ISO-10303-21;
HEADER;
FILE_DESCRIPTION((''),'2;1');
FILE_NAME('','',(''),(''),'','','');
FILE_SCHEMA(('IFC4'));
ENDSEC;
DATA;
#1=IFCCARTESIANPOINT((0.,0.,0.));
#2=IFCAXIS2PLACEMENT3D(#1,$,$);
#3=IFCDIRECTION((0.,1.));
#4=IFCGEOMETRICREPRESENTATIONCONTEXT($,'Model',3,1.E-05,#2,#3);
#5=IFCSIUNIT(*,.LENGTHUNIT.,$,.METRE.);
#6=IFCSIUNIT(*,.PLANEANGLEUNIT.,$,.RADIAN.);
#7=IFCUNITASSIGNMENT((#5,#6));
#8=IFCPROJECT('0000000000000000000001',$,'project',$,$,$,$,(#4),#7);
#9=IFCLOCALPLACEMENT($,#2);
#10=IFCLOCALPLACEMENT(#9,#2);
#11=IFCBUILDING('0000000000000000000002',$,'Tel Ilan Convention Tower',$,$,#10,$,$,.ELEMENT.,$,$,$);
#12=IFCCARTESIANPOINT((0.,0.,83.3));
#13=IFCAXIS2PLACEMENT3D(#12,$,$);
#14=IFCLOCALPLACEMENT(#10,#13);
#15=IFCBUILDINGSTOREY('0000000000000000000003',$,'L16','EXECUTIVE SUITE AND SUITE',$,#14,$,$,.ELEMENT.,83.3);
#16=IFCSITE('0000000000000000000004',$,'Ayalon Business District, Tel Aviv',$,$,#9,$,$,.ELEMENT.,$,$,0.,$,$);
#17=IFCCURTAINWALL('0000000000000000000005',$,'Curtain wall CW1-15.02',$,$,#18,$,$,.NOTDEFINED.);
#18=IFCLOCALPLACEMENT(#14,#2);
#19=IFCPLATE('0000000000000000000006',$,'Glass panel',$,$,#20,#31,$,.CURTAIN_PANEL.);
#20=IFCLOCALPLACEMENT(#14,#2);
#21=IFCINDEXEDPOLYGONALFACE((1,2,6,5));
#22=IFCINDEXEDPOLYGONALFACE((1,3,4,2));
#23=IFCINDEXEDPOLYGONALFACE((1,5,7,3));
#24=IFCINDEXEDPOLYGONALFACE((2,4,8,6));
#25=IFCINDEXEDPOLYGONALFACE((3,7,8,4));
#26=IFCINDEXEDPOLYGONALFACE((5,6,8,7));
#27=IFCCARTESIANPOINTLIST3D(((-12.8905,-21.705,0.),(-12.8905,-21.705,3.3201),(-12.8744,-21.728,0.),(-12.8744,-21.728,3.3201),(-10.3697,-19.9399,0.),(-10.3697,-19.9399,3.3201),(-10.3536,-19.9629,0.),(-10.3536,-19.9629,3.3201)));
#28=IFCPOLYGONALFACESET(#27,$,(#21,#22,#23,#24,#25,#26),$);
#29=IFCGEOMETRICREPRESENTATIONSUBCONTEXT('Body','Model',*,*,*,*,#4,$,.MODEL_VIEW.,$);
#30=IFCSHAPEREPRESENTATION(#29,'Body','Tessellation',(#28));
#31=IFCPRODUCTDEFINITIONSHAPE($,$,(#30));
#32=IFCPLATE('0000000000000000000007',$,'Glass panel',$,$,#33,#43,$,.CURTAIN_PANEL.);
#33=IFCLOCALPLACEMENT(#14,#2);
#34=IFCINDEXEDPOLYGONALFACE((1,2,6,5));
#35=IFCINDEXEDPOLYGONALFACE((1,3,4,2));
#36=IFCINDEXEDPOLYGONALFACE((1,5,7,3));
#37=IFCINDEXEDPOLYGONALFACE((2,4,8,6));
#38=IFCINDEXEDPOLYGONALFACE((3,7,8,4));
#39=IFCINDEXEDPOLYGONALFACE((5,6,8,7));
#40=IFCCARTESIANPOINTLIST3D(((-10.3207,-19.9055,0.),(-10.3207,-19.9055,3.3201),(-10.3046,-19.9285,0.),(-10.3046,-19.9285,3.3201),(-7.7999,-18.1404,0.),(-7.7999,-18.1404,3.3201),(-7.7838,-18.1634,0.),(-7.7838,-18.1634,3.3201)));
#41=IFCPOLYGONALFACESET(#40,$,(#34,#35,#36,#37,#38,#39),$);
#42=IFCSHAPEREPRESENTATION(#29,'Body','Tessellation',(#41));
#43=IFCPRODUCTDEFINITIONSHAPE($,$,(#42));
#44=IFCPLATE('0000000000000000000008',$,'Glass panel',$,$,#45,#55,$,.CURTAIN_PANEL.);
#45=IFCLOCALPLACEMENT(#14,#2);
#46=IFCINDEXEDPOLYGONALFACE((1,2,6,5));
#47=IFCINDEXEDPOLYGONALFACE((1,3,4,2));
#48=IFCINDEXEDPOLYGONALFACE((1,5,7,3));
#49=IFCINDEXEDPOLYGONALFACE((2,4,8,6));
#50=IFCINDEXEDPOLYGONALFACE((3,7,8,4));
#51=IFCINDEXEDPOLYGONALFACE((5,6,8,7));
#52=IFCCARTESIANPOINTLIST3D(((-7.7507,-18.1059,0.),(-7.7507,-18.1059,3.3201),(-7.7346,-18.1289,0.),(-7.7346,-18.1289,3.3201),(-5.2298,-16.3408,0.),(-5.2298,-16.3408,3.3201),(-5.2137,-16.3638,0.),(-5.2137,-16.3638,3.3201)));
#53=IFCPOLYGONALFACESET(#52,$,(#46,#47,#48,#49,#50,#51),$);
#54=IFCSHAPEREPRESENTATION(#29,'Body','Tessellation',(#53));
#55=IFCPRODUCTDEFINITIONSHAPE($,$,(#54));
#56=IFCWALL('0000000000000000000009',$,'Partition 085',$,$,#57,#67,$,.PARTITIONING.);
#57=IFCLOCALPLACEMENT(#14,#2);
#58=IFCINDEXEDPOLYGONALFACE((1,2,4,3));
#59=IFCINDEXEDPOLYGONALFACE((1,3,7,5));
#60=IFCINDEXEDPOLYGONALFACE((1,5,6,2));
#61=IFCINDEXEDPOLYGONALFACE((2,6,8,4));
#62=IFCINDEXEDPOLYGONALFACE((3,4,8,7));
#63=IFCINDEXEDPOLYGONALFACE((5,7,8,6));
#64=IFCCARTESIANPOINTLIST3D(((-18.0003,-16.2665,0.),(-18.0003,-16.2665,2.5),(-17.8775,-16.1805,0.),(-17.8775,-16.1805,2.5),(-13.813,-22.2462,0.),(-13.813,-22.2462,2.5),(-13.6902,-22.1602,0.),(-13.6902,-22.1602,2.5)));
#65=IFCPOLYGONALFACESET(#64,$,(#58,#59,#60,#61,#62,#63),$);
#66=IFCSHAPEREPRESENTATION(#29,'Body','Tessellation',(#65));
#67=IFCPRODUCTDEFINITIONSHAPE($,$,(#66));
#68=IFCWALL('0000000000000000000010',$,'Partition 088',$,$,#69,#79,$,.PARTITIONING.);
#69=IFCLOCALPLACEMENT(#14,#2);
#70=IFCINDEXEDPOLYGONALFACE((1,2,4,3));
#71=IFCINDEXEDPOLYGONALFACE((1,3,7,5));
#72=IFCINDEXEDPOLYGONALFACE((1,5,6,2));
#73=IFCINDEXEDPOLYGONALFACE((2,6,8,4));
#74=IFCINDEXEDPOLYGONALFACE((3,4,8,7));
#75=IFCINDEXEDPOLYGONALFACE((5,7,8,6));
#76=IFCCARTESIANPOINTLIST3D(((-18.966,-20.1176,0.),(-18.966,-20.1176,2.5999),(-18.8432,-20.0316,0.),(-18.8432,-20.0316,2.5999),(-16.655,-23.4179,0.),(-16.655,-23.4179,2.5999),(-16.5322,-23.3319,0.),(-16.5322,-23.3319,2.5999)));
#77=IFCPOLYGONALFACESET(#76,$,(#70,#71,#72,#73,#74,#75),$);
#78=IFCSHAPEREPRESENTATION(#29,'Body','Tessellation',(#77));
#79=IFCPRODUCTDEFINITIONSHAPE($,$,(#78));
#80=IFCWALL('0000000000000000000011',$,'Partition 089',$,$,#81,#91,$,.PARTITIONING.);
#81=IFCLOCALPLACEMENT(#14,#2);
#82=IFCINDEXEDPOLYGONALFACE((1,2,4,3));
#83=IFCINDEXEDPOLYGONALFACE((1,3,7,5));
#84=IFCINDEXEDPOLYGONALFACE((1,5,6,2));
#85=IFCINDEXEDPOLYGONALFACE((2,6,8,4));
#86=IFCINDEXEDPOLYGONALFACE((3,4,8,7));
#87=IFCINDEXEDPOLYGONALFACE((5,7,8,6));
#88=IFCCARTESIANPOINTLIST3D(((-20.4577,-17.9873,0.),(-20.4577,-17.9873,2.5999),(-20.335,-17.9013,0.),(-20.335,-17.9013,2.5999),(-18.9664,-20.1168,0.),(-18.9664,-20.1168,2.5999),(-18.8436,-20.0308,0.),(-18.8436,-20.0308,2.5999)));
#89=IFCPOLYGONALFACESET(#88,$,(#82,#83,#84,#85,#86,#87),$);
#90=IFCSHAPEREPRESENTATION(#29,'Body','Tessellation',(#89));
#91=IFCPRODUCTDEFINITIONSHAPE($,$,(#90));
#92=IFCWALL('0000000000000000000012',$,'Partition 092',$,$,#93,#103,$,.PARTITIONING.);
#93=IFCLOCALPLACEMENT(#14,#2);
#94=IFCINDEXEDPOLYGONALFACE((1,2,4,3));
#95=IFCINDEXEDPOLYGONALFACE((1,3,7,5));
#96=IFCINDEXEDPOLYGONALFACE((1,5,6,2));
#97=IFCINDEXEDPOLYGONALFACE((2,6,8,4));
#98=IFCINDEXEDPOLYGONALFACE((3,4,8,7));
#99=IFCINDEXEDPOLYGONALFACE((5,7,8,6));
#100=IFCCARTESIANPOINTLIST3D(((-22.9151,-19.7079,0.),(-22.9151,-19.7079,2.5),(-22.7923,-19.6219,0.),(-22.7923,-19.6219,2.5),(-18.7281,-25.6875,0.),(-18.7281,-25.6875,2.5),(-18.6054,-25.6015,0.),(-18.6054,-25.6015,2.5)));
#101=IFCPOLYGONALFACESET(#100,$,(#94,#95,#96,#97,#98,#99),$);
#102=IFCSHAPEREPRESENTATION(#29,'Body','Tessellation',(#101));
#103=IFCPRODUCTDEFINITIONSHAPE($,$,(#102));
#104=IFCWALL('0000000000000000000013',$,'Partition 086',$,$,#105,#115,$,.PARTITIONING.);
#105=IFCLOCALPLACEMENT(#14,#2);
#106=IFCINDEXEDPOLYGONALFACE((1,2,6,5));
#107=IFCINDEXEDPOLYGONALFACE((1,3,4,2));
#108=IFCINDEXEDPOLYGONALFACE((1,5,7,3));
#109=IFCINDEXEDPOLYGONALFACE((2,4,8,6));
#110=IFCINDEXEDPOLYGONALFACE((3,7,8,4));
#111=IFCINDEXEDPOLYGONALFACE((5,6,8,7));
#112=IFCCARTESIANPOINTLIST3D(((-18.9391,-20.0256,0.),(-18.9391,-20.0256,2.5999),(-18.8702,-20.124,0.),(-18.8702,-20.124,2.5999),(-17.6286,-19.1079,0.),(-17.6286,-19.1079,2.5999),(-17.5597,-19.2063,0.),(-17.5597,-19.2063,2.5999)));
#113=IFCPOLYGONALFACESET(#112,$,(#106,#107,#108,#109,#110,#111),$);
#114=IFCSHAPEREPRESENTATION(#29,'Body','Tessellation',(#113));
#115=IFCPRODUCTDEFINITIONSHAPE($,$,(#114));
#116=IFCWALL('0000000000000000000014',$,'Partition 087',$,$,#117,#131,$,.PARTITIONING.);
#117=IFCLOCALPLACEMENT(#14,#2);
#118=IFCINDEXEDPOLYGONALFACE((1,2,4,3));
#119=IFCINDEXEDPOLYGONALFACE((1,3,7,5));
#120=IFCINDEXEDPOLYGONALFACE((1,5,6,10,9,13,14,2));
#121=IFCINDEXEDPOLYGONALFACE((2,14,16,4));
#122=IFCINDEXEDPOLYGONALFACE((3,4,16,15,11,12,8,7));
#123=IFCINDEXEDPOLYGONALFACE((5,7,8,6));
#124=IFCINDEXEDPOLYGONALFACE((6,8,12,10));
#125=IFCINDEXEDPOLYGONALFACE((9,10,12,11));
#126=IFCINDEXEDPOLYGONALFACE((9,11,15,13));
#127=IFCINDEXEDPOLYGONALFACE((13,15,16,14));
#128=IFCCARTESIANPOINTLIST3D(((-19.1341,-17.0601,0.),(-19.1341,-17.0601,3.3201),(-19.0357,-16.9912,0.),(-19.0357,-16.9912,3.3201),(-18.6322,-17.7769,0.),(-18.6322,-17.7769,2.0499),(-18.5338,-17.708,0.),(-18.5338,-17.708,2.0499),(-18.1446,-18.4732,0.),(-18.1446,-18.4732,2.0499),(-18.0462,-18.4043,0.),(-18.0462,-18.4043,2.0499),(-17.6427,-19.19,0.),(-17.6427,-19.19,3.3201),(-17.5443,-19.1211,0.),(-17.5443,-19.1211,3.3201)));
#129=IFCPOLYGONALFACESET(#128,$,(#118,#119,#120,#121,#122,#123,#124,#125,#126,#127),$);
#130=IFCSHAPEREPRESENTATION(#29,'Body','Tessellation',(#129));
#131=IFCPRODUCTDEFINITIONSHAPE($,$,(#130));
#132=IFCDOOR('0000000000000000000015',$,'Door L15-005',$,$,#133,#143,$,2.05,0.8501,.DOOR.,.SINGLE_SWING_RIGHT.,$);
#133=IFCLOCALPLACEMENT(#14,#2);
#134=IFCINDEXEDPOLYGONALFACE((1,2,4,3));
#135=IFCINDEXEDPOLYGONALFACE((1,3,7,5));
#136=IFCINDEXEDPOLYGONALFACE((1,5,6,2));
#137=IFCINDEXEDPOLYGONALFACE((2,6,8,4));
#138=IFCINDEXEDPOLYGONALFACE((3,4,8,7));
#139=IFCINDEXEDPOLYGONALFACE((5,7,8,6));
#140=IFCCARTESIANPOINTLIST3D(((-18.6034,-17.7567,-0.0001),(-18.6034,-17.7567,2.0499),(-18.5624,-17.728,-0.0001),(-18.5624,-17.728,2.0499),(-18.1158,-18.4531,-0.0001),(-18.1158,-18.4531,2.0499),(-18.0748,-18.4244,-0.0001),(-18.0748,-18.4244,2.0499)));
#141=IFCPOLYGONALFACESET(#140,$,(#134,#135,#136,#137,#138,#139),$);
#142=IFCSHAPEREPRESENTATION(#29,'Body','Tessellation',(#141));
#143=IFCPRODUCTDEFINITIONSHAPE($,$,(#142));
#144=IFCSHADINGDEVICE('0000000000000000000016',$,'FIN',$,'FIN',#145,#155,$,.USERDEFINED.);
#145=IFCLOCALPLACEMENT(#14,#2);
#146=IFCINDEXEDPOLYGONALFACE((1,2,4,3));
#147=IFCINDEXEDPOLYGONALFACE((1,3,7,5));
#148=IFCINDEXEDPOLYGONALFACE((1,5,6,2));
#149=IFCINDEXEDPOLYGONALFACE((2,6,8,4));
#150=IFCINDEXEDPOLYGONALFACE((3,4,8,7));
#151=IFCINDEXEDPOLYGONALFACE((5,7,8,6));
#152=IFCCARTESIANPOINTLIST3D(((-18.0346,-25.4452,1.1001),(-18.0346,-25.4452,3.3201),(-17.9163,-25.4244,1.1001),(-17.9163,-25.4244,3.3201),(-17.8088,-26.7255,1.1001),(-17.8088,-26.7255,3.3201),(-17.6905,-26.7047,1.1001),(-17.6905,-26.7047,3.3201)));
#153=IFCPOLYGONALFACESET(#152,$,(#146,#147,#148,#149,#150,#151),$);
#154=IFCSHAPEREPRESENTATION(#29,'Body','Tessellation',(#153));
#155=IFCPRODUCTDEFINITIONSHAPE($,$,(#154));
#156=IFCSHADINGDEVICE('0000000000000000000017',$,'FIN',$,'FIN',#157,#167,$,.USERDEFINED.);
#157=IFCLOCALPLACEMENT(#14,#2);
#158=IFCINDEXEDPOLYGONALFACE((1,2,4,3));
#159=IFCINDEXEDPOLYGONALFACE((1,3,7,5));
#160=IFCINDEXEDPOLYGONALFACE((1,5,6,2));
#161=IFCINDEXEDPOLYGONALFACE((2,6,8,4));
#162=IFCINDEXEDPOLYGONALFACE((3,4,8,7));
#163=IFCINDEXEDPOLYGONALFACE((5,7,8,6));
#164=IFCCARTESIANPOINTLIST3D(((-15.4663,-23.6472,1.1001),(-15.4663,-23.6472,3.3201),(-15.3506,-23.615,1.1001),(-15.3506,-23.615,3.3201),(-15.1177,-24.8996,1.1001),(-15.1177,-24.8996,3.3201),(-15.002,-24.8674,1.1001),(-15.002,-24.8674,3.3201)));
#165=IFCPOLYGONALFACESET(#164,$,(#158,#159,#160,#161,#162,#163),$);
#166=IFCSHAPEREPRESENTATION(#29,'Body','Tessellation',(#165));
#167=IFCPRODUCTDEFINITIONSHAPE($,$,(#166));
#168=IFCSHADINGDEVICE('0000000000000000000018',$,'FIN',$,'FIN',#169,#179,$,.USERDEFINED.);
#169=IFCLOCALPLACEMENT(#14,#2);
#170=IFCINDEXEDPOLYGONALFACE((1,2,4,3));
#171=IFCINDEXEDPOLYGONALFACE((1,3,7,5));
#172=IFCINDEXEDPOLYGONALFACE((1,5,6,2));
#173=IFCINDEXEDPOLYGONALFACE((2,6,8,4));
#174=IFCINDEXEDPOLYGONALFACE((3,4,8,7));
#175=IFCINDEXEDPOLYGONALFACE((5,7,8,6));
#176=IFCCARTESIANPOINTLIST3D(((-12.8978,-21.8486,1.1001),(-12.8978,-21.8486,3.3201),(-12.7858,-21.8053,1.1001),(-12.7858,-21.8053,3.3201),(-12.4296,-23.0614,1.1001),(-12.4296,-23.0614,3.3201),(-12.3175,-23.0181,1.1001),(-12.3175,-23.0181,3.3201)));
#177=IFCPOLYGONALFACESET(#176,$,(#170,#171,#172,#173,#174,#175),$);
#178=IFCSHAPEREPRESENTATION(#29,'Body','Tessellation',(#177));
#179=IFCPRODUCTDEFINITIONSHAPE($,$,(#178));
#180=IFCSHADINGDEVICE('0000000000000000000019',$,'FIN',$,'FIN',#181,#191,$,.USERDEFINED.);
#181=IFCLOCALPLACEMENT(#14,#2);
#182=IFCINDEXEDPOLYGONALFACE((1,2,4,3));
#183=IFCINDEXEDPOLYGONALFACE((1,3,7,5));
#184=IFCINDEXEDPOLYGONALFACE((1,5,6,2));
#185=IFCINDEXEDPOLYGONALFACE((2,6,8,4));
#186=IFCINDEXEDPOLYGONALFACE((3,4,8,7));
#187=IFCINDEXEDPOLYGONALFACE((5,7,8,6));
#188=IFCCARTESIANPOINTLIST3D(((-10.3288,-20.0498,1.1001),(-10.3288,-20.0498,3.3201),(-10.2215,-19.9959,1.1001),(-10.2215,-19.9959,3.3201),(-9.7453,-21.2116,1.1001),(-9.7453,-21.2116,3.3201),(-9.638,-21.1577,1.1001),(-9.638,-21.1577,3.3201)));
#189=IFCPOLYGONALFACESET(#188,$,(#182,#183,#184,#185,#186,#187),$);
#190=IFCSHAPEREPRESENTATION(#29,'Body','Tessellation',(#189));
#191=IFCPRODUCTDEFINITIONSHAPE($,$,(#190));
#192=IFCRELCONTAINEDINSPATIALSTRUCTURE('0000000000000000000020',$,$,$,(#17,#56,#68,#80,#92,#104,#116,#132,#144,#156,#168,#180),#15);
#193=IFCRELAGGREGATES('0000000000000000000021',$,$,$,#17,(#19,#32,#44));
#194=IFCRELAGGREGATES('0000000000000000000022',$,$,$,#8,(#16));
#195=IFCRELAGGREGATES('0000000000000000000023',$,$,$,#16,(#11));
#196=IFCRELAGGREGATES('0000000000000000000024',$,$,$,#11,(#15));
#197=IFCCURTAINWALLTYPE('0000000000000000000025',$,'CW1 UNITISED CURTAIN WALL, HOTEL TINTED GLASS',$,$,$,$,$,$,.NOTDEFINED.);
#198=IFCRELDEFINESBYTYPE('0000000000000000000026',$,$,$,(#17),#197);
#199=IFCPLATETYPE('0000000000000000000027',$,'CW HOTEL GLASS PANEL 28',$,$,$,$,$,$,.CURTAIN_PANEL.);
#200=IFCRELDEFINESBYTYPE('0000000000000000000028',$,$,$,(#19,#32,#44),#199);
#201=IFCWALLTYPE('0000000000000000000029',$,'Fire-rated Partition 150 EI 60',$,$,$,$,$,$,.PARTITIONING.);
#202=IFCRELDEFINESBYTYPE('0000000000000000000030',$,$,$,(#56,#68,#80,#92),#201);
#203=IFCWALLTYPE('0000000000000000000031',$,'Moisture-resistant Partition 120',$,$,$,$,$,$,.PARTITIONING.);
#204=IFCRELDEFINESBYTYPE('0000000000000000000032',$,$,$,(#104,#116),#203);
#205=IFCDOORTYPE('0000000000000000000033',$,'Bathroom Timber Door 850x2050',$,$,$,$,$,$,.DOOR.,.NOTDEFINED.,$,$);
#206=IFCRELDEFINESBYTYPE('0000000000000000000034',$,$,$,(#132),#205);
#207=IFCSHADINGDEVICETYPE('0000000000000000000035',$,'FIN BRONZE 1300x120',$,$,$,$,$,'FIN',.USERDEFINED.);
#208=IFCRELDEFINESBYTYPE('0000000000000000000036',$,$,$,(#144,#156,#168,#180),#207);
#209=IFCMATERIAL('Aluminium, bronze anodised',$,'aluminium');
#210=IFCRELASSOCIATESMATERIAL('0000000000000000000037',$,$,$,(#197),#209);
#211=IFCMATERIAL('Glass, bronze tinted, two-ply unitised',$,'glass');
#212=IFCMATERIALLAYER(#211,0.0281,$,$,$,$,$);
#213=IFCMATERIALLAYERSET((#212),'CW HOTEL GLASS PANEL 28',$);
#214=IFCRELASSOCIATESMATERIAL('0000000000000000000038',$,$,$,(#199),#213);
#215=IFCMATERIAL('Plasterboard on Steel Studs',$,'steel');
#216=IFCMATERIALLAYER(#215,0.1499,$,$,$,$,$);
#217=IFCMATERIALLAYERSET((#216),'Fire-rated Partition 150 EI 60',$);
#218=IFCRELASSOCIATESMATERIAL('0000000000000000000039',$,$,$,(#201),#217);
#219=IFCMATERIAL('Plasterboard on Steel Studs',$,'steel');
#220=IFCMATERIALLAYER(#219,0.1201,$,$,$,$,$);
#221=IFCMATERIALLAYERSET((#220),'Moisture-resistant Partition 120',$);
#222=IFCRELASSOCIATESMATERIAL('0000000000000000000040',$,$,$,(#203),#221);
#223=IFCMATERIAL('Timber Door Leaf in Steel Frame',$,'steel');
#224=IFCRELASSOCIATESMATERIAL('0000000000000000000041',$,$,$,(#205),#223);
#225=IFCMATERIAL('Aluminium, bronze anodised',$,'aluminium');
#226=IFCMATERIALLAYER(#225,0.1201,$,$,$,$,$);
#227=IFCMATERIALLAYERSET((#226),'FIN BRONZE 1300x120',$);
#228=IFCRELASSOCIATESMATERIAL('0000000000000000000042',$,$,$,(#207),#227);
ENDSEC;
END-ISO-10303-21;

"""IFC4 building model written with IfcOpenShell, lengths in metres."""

from ifc_helpers import new_model, si_unit, direction, frame, frame_2d, origin, origin_2d, place, context, subcontext, project, spatial, rectangle, extrude, material, layer, layer_set, type_object, element, fill, aggregate, save


model = new_model("IFC4")

# Units and contexts
model_context = context("Model", 3, precision=1e-05, world=origin(), true_north=direction((0.0, 1.0)))
body_context = subcontext(model_context, "Body", "Model", "MODEL_VIEW")
ifc_project = project(units=[si_unit("LENGTHUNIT", "METRE"), si_unit("PLANEANGLEUNIT", "RADIAN")], contexts=[model_context])

# Site, building, storey
site_placement = place(None, origin())
site = spatial("IfcSite", under=ifc_project, at=site_placement, Name="Ayalon Business District, Tel Aviv", CompositionType="ELEMENT", RefElevation=0.0)
building_placement = place(site_placement, origin())
building = spatial("IfcBuilding", under=site, at=building_placement, Name="Tel Ilan Convention Tower", CompositionType="ELEMENT")
storey_placement = place(building_placement, frame((0.0, 0.0, 83.3)))
storey = spatial("IfcBuildingStorey", under=building, at=storey_placement, Name="L16", Description="EXECUTIVE SUITE AND SUITE", CompositionType="ELEMENT", Elevation=83.3)

# Curtain wall, plates
ifc_material_1 = material(Name="Aluminium, bronze anodised", Category="aluminium")
curtain_wall_type = type_object("IfcCurtainWallType", Name="CW1 UNITISED CURTAIN WALL, HOTEL TINTED GLASS", PredefinedType="NOTDEFINED", material=ifc_material_1)
curtain_wall_placement = place(storey_placement, origin())
curtain_wall = element("IfcCurtainWall", 1, at=curtain_wall_placement, inside=storey, type_object=curtain_wall_type, Name="Curtain wall CW1-15.02", PredefinedType="NOTDEFINED")
ifc_material_2 = material(Name="Glass, bronze tinted, two-ply unitised", Category="glass")
ifc_layer_1 = layer(ifc_material_2, 0.0281)
ifc_layer_set_1 = layer_set([ifc_layer_1], Name="CW HOTEL GLASS PANEL 28")
plate_type = type_object("IfcPlateType", Name="CW HOTEL GLASS PANEL 28", PredefinedType="CURTAIN_PANEL", material=ifc_layer_set_1)
plate_1_placement = place(storey_placement, frame((-11.6221, -20.834, 0.0), z_axis=(0.0, 0.0, 1.0), x_axis=(0.819152, 0.573576, 0.0)))
plate_1 = element("IfcPlate", 2, at=plate_1_placement, type_object=plate_type, Name="Glass panel", PredefinedType="CURTAIN_PANEL", context=body_context, shape_type="SweptSolid", body=[
    extrude(rectangle(XDim=3.0774, YDim=0.0281, at=origin_2d()), origin(), (0.0, 0.0, 1.0), 3.3201),
])
plate_2_placement = place(storey_placement, frame((-9.0522, -19.0344, 0.0), z_axis=(0.0, 0.0, 1.0), x_axis=(0.819152, 0.573576, 0.0)))
plate_2 = element("IfcPlate", 3, at=plate_2_placement, type_object=plate_type, Name="Glass panel", PredefinedType="CURTAIN_PANEL", context=body_context, shape_type="SweptSolid", body=[
    extrude(rectangle(XDim=3.0774, YDim=0.0281, at=origin_2d()), origin(), (0.0, 0.0, 1.0), 3.3201),
])
plate_3_placement = place(storey_placement, frame((-6.4822, -17.2349, 0.0), z_axis=(0.0, 0.0, 1.0), x_axis=(0.819152, 0.573576, 0.0)))
plate_3 = element("IfcPlate", 4, at=plate_3_placement, type_object=plate_type, Name="Glass panel", PredefinedType="CURTAIN_PANEL", context=body_context, shape_type="SweptSolid", body=[
    extrude(rectangle(XDim=3.0774, YDim=0.0281, at=origin_2d()), origin(), (0.0, 0.0, 1.0), 3.3201),
])
aggregate(curtain_wall, [plate_1, plate_2, plate_3])

# Walls
ifc_material_3 = material(Name="Plasterboard on Steel Studs", Category="steel")
ifc_layer_2 = layer(ifc_material_3, 0.1499)
ifc_layer_set_2 = layer_set([ifc_layer_2], Name="Fire-rated Partition 150 EI 60")
wall_type_1 = type_object("IfcWallType", Name="Fire-rated Partition 150 EI 60", PredefinedType="PARTITIONING", material=ifc_layer_set_2)
wall_1_placement = place(storey_placement, frame((-13.7517, -22.2031, 0.0), z_axis=(0.0, 0.0, 1.0), x_axis=(-0.573595, 0.819139, 0.0)))
element("IfcWall", 5, at=wall_1_placement, inside=storey, type_object=wall_type_1, Name="Partition 085", PredefinedType="PARTITIONING", context=body_context, shape_type="SweptSolid", body=[
    extrude(rectangle(XDim=7.3, YDim=0.1499, at=frame_2d((3.6499, 0.0))), origin(), (0.0, 0.0, 1.0), 2.5),
])
wall_2_placement = place(storey_placement, frame((-16.5935, -23.375, 0.0), z_axis=(0.0, 0.0, 1.0), x_axis=(-0.573601, 0.819135, 0.0)))
element("IfcWall", 6, at=wall_2_placement, inside=storey, type_object=wall_type_1, Name="Partition 088", PredefinedType="PARTITIONING", context=body_context, shape_type="SweptSolid", body=[
    extrude(rectangle(XDim=4.0291, YDim=0.1499, at=frame_2d((2.0146, 0.0))), origin(), (0.0, 0.0, 1.0), 2.5999),
])
wall_3_placement = place(storey_placement, frame((-18.905, -20.0737, 0.0), z_axis=(0.0, 0.0, 1.0), x_axis=(-0.573645, 0.819104, 0.0)))
element("IfcWall", 7, at=wall_3_placement, inside=storey, type_object=wall_type_1, Name="Partition 089", PredefinedType="PARTITIONING", context=body_context, shape_type="SweptSolid", body=[
    extrude(rectangle(XDim=2.5999, YDim=0.1499, at=frame_2d((1.2998, 0.0))), origin(), (0.0, 0.0, 1.0), 2.5999),
])
wall_4_placement = place(storey_placement, frame((-18.6667, -25.6445, 0.0), z_axis=(0.0, 0.0, 1.0), x_axis=(-0.573572, 0.819155, 0.0)))
element("IfcWall", 8, at=wall_4_placement, inside=storey, type_object=wall_type_1, Name="Partition 092", PredefinedType="PARTITIONING", context=body_context, shape_type="SweptSolid", body=[
    extrude(rectangle(XDim=7.2998, YDim=0.1499, at=frame_2d((3.6499, 0.0))), origin(), (0.0, 0.0, 1.0), 2.5),
])
ifc_material_4 = material(Name="Plasterboard on Steel Studs", Category="steel")
ifc_layer_3 = layer(ifc_material_4, 0.1201)
ifc_layer_set_3 = layer_set([ifc_layer_3], Name="Moisture-resistant Partition 120")
wall_type_2 = type_object("IfcWallType", Name="Moisture-resistant Partition 120", PredefinedType="PARTITIONING", material=ifc_layer_set_3)
wall_5_placement = place(storey_placement, frame((-18.9045, -20.0747, 0.0), z_axis=(0.0, 0.0, 1.0), x_axis=(0.819132, 0.573606, 0.0)))
element("IfcWall", 9, at=wall_5_placement, inside=storey, type_object=wall_type_2, Name="Partition 086", PredefinedType="PARTITIONING", context=body_context, shape_type="SweptSolid", body=[
    extrude(rectangle(XDim=1.5999, YDim=0.1201, at=frame_2d((0.7998, 0.0))), origin(), (0.0, 0.0, 1.0), 2.5999),
])

# Wall, opening, door
wall_6_placement = place(storey_placement, frame((-17.5935, -19.1555, 0.0), z_axis=(0.0, 0.0, 1.0), x_axis=(-0.573601, 0.819135, 0.0)))
wall_6 = element("IfcWall", 10, at=wall_6_placement, inside=storey, type_object=wall_type_2, Name="Partition 087", PredefinedType="PARTITIONING", context=body_context, shape_type="SweptSolid", body=[
    extrude(rectangle(XDim=2.6001, YDim=0.1201, at=frame_2d((1.3, 0.0))), origin(), (0.0, 0.0, 1.0), 3.3201),
])
opening_placement = place(wall_6_placement, frame((0.875, 0.0, 0.0)))
opening = element("IfcOpeningElement", 11, at=opening_placement, cuts=wall_6, PredefinedType="OPENING", context=body_context, shape_type="SweptSolid", body=[
    extrude(rectangle(XDim=0.8501, YDim=2.05, at=frame_2d((0.425, 1.0249))), frame((0.0, 0.0701, 0.0), z_axis=(0.0, -1.0, 0.0), x_axis=(1.0, 0.0, 0.0)), (0.0, 0.0, 1.0), 0.1401),
])
ifc_material_5 = material(Name="Timber Door Leaf in Steel Frame", Category="steel")
door_type = type_object("IfcDoorType", Name="Bathroom Timber Door 850x2050", OperationType="NOTDEFINED", PredefinedType="DOOR", material=ifc_material_5)
door_placement = place(opening_placement, origin())
door = element("IfcDoor", 12, at=door_placement, inside=storey, type_object=door_type, Name="Door L15-005", OperationType="SINGLE_SWING_RIGHT", OverallHeight=2.05, OverallWidth=0.8501, PredefinedType="DOOR", context=body_context, shape_type="SweptSolid", body=[
    extrude(rectangle(XDim=0.8501, YDim=2.05, at=frame_2d((0.425, 1.0249))), frame((0.0, 0.0249, 0.0), z_axis=(0.0, -1.0, 0.0), x_axis=(1.0, 0.0, 0.0)), (0.0, 0.0, 1.0), 0.05),
])
fill(opening, door)

# Shading devices
ifc_material_6 = material(Name="Aluminium, bronze anodised", Category="aluminium")
ifc_layer_4 = layer(ifc_material_6, 0.1201)
ifc_layer_set_4 = layer_set([ifc_layer_4], Name="FIN BRONZE 1300x120")
shading_device_type = type_object("IfcShadingDeviceType", Name="FIN BRONZE 1300x120", ElementType="FIN", PredefinedType="USERDEFINED", material=ifc_layer_set_4)
for number, where, z_axis, x_axis, name in (
    (13, (-17.8625, -26.075, 1.1001), (0.0, 0.0, 1.0), (0.173648, -0.984808, 0.0), "FIN"),
    (14, (-15.2341, -24.2573, 1.1001), (0.0, 0.0, 1.0), (0.268173, -0.963371, 0.0), "FIN"),
    (15, (-12.6077, -22.4333, 1.1001), (0.0, 0.0, 1.0), (0.360178, -0.932884, 0.0), "FIN"),
    (16, (-9.9834, -20.6038, 1.1001), (0.0, 0.0, 1.0), (0.448799, -0.893633, 0.0), "FIN"),
):
    element("IfcShadingDevice", number, at=place(storey_placement, frame(where, z_axis=z_axis, x_axis=x_axis)), inside=storey, type_object=shading_device_type, Name=name, ObjectType="FIN", PredefinedType="USERDEFINED", context=body_context, shape_type="SweptSolid", body=[
        extrude(rectangle(XDim=1.3, YDim=0.1201, at=origin_2d()), origin(), (0.0, 0.0, 1.0), 2.22),
    ])

save(model, "model.ifc")
